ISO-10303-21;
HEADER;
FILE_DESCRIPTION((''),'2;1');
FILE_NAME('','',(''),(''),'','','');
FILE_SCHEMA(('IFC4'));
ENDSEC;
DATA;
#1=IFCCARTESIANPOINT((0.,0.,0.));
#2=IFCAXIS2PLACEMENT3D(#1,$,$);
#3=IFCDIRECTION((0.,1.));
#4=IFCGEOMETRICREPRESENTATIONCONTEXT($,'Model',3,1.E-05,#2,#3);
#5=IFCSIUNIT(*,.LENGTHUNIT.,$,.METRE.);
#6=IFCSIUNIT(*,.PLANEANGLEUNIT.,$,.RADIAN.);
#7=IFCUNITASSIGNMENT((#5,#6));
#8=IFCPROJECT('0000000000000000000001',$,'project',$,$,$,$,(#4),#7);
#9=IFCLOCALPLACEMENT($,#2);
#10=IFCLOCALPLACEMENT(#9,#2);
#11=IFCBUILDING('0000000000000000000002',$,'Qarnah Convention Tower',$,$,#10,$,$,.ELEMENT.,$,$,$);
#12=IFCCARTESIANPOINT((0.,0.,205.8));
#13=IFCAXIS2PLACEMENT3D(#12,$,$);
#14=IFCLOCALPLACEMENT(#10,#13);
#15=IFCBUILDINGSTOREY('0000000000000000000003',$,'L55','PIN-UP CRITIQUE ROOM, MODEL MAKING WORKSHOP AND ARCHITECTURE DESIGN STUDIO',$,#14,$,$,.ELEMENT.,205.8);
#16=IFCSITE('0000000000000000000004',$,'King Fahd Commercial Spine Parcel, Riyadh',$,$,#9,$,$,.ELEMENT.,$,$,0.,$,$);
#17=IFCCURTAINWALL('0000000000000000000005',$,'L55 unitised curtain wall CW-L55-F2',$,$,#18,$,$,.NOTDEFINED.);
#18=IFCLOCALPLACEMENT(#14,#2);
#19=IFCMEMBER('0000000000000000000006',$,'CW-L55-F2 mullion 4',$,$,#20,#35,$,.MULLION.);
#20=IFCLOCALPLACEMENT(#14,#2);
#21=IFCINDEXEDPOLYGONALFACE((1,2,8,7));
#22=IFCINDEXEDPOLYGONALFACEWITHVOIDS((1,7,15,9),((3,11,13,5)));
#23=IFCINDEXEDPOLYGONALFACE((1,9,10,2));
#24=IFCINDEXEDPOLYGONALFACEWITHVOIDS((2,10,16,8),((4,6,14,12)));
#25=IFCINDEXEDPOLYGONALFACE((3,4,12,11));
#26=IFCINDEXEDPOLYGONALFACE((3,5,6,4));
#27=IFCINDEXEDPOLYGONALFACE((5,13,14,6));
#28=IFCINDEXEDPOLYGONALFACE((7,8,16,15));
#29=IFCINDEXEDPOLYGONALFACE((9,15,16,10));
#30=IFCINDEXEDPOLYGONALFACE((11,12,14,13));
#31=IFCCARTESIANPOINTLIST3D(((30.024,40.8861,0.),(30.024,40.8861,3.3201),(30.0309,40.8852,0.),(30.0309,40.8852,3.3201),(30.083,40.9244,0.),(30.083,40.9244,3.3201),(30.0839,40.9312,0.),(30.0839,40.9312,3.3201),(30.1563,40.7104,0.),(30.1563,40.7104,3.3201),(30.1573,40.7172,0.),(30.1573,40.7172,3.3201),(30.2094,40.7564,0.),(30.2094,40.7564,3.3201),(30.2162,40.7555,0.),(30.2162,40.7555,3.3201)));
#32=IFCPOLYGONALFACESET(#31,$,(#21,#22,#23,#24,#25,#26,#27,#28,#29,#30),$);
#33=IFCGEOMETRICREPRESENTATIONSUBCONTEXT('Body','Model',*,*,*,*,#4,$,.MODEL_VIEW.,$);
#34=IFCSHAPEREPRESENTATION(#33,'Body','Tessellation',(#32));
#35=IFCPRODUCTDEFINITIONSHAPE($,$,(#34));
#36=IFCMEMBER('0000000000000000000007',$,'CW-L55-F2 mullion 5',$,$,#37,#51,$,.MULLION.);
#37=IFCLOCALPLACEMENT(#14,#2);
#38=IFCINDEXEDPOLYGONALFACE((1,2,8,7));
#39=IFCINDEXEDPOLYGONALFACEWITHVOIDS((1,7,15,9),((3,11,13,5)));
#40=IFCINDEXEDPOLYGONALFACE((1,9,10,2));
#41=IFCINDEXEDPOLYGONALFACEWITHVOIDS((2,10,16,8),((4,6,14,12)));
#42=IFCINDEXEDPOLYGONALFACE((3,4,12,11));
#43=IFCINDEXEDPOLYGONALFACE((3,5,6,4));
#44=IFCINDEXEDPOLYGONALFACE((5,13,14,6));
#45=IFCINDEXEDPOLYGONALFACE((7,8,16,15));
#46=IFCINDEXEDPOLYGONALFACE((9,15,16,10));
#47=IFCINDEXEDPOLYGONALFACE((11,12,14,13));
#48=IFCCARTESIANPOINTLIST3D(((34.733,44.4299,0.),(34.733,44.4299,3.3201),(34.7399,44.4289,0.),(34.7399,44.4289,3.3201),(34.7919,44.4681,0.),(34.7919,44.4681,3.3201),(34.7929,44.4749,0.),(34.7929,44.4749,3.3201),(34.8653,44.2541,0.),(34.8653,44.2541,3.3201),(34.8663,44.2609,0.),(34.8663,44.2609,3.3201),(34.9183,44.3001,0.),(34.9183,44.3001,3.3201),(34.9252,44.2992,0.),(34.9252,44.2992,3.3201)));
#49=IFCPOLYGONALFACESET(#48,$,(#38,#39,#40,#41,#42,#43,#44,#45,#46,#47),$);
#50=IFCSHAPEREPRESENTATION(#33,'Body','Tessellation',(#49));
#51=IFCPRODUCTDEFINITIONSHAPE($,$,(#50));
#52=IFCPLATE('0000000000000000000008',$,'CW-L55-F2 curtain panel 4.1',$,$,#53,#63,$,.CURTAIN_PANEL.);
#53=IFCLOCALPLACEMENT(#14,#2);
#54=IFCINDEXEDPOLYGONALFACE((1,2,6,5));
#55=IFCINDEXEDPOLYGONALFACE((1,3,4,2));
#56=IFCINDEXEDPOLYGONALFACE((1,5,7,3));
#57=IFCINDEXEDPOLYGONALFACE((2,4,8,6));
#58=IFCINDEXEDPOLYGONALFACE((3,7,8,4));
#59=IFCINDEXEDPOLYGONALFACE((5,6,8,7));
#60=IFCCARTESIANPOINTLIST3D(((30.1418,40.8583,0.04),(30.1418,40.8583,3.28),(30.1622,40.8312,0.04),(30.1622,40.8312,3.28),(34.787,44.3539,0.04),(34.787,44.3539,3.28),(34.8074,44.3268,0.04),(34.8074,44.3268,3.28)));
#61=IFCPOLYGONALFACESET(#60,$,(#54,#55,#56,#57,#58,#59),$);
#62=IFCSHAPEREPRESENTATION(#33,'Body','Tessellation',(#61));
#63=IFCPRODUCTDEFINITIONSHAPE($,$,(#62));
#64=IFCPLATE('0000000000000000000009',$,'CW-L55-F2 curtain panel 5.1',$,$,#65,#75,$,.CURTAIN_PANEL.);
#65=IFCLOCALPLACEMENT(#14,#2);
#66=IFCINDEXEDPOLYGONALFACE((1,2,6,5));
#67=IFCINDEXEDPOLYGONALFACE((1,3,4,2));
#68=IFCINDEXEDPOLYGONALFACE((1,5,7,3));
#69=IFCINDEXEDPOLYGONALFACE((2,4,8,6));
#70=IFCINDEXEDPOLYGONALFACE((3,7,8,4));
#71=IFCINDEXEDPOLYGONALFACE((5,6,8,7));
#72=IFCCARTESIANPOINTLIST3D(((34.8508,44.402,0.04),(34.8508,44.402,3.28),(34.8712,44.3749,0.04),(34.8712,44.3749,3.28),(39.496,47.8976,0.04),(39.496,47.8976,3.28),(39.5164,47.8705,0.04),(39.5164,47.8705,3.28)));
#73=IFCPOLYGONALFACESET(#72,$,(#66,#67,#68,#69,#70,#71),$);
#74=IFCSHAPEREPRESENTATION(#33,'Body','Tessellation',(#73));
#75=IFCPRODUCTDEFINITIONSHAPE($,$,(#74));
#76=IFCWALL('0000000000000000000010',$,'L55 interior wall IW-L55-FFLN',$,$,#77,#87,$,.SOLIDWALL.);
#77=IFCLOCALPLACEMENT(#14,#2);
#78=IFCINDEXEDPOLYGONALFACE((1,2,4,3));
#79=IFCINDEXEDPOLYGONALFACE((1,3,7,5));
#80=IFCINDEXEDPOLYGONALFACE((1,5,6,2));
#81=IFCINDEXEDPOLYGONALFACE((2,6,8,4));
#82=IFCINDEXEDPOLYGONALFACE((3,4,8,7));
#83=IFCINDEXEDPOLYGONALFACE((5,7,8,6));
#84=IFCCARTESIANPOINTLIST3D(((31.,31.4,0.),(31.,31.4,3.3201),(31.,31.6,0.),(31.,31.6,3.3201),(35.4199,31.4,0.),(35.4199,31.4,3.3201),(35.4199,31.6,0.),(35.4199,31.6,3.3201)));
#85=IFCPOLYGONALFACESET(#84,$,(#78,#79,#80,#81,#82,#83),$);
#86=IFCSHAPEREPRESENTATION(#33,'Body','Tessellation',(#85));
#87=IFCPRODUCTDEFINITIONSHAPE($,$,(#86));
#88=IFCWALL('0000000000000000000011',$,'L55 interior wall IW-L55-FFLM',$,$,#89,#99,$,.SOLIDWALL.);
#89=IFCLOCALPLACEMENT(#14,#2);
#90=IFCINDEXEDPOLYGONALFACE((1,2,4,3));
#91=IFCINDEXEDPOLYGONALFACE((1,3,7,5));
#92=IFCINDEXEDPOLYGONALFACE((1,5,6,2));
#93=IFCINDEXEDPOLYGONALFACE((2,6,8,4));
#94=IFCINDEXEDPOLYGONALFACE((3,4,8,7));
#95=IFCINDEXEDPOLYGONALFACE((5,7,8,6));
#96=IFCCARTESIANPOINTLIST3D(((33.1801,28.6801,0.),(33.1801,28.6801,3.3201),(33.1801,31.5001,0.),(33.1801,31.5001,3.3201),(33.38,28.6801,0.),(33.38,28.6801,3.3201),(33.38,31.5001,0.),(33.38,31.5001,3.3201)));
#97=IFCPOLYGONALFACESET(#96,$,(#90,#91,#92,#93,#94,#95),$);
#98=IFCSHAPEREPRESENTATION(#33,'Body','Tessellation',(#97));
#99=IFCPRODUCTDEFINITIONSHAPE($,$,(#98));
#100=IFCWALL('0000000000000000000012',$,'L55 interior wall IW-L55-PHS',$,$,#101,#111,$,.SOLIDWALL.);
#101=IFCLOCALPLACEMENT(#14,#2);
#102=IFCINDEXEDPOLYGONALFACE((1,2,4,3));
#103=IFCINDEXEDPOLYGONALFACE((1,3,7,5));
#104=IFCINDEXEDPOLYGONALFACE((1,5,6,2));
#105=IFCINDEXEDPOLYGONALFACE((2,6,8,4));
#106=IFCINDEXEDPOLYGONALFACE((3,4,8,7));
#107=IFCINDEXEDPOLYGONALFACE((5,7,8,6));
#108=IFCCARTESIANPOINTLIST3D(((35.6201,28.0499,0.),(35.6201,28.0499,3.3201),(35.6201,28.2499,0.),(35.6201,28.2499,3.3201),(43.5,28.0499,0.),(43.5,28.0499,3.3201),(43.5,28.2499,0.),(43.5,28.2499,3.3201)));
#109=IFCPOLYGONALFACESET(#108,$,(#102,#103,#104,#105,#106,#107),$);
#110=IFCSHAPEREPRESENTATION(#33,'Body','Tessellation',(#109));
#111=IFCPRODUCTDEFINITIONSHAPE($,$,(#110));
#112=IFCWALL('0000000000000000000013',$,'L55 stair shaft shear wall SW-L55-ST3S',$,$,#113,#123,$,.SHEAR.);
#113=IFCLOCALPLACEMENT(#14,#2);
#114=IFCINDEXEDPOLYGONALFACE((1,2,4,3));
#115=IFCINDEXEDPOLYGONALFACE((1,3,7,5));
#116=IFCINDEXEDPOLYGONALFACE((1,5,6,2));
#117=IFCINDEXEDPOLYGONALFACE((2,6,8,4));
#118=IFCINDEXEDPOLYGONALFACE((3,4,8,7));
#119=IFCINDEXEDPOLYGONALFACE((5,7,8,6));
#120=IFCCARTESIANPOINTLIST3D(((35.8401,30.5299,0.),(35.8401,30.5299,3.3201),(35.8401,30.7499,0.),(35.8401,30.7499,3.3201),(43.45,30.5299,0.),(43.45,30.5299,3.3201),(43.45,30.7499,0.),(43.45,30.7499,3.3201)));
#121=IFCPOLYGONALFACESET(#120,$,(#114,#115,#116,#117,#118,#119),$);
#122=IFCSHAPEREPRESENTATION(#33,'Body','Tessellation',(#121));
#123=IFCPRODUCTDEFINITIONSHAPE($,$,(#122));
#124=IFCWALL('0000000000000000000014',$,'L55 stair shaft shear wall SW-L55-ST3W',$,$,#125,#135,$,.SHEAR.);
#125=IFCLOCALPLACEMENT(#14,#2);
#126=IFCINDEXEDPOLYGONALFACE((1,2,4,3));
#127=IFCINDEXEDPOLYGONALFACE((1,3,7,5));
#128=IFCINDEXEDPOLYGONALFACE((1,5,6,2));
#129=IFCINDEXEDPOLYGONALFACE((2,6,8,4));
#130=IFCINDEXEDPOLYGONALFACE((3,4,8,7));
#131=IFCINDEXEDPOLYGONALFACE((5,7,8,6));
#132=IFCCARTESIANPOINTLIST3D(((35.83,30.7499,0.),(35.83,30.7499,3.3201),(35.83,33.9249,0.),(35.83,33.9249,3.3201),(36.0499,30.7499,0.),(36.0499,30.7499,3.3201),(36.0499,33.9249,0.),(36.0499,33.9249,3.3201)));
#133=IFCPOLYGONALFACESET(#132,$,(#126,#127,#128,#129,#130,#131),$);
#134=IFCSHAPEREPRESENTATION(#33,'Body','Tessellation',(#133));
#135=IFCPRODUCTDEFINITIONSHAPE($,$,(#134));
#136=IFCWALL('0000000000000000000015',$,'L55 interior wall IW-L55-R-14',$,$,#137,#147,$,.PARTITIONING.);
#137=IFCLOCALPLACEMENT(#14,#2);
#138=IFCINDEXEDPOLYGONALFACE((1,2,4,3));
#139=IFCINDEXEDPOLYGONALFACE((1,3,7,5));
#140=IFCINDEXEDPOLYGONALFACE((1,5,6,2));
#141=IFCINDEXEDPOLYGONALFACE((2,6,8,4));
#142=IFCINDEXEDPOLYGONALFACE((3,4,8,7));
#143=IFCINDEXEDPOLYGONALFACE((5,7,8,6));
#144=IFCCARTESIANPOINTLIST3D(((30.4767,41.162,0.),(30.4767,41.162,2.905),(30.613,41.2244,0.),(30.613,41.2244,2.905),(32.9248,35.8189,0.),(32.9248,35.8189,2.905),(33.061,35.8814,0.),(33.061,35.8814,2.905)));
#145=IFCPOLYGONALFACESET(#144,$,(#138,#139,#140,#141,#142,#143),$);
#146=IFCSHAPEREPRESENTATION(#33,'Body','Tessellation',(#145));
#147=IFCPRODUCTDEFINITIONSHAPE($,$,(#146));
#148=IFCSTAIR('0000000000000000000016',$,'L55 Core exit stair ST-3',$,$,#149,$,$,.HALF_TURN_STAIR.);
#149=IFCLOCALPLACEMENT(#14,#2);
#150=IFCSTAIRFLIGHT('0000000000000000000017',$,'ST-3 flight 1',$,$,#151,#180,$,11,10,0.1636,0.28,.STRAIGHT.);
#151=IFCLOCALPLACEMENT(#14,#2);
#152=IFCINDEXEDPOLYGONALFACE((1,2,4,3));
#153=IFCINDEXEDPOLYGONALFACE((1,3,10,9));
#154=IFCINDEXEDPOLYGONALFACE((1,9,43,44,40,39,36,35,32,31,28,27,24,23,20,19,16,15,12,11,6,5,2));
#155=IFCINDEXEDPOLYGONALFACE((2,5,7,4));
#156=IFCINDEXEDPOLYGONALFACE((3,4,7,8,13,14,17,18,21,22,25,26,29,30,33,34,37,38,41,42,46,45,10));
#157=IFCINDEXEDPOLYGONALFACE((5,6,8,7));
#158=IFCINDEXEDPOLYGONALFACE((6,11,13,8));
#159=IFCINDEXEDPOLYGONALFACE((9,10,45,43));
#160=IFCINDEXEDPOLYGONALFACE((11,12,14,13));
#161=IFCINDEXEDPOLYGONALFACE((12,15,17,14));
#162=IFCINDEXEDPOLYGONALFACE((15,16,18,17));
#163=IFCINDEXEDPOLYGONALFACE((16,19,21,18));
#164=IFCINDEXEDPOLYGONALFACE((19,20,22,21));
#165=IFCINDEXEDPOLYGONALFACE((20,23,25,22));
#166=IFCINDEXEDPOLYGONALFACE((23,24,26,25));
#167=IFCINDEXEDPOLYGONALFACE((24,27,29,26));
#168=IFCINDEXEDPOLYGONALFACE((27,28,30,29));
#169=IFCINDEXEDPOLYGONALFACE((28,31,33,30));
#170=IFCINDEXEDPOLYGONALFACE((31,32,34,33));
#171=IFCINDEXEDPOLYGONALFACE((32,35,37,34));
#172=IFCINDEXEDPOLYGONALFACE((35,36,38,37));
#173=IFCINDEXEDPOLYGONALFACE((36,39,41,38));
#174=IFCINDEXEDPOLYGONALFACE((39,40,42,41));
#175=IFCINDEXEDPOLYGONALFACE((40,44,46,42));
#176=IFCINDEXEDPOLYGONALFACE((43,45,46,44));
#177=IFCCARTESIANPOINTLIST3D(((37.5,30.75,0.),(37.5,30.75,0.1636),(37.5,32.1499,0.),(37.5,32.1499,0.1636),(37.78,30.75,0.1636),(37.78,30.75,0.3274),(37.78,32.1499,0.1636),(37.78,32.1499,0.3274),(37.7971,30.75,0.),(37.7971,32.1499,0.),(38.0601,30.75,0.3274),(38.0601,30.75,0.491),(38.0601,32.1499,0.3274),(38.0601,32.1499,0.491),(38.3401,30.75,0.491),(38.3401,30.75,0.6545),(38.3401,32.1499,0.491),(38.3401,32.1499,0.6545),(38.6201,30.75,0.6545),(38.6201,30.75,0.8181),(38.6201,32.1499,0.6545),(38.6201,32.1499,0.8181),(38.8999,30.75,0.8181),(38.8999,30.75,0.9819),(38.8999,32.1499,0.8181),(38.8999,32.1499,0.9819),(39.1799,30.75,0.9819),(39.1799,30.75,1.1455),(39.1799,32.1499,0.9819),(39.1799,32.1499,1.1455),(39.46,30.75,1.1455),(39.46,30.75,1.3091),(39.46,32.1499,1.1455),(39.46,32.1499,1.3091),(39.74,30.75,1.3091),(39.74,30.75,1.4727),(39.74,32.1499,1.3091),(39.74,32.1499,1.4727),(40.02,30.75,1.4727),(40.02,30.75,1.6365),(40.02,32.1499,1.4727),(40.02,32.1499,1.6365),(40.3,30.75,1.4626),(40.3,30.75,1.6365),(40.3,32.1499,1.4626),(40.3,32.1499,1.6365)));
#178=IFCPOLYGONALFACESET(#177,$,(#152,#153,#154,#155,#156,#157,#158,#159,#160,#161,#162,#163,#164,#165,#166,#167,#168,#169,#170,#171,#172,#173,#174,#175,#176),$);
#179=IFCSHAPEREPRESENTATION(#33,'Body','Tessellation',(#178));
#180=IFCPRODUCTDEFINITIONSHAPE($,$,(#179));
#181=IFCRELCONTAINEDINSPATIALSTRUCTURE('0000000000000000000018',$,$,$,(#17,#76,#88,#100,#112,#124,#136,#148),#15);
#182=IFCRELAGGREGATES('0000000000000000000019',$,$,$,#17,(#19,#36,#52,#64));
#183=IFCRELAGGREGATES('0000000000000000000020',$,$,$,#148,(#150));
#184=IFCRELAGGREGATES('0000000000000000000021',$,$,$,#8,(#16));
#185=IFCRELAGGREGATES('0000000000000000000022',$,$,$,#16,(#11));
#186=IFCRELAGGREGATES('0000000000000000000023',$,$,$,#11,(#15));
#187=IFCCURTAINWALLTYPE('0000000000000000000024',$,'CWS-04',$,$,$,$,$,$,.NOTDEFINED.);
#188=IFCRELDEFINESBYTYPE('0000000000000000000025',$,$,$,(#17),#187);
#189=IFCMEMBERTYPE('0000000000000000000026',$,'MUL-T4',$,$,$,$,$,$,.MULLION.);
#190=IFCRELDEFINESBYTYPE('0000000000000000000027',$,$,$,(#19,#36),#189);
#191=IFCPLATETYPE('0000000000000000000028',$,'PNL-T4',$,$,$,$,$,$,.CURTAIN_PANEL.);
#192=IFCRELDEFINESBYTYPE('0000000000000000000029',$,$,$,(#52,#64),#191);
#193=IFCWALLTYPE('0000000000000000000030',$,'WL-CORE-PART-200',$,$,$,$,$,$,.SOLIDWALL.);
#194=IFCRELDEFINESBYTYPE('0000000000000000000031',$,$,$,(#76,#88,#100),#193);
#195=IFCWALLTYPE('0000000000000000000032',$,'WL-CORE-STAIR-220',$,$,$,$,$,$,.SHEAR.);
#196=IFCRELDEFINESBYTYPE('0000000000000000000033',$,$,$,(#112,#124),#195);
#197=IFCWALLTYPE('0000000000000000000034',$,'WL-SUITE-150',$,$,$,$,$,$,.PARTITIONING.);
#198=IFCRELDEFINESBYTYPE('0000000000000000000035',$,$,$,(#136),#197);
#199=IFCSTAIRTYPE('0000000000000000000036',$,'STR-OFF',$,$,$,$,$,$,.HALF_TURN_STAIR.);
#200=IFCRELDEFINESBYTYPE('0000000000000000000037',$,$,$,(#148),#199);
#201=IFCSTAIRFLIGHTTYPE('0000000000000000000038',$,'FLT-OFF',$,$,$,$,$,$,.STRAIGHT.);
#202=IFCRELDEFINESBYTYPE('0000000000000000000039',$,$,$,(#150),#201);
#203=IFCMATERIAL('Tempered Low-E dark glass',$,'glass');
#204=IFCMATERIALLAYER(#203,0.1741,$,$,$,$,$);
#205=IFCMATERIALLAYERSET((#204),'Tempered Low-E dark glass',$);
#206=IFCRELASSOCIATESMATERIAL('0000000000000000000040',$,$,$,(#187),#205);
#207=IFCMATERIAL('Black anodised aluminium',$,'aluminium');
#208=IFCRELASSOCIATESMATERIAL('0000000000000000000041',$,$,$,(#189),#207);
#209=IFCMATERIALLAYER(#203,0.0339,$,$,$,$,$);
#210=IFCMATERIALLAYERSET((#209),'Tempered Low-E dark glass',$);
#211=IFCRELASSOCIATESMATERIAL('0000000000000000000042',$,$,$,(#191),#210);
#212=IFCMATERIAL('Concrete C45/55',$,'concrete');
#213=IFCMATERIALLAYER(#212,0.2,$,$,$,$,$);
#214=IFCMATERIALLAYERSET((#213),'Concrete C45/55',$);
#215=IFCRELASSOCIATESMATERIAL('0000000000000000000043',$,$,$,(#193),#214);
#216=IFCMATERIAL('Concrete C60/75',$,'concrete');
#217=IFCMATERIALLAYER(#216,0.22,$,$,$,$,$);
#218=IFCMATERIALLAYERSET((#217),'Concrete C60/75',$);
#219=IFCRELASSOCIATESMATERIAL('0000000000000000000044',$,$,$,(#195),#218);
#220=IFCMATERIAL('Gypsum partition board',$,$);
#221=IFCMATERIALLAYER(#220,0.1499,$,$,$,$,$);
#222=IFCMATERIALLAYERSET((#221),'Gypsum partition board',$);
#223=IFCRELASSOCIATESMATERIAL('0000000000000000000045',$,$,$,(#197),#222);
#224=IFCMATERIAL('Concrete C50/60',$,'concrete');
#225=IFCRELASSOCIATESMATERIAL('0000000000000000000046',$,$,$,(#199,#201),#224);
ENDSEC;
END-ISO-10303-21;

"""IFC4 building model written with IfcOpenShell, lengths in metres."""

from ifc_helpers import new_model, si_unit, direction, frame, frame_2d, origin, origin_2d, place, context, subcontext, project, spatial, polyline, rectangle, hollow_rectangle, outline, extrude, material, layer, layer_set, material_profile, profile_set, type_object, element, aggregate, save


model = new_model("IFC4")

# Units and contexts
model_context = context("Model", 3, precision=1e-05, world=origin(), true_north=direction((0.0, 1.0)))
body_context = subcontext(model_context, "Body", "Model", "MODEL_VIEW")
ifc_project = project(units=[si_unit("LENGTHUNIT", "METRE"), si_unit("PLANEANGLEUNIT", "RADIAN")], contexts=[model_context])

# Site, building, storey
site_placement = place(None, origin())
site = spatial("IfcSite", under=ifc_project, at=site_placement, Name="King Fahd Commercial Spine Parcel, Riyadh", CompositionType="ELEMENT", RefElevation=0.0)
building_placement = place(site_placement, origin())
building = spatial("IfcBuilding", under=site, at=building_placement, Name="Qarnah Convention Tower", CompositionType="ELEMENT")
storey_placement = place(building_placement, frame((0.0, 0.0, 205.8)))
storey = spatial("IfcBuildingStorey", under=building, at=storey_placement, Name="L55", Description="PIN-UP CRITIQUE ROOM, MODEL MAKING WORKSHOP AND ARCHITECTURE DESIGN STUDIO", CompositionType="ELEMENT", Elevation=205.8)

# Shared definitions
ifc_material_1 = material(Name="Concrete C50/60", Category="concrete")

# Curtain wall, members, plates
ifc_material_2 = material(Name="Tempered Low-E dark glass", Category="glass")
ifc_layer_1 = layer(ifc_material_2, 0.1741)
ifc_layer_set_1 = layer_set([ifc_layer_1], Name="Tempered Low-E dark glass")
curtain_wall_type = type_object("IfcCurtainWallType", Name="CWS-04", PredefinedType="NOTDEFINED", material=ifc_layer_set_1)
curtain_wall_placement = place(storey_placement, origin())
curtain_wall = element("IfcCurtainWall", 1, at=curtain_wall_placement, inside=storey, type_object=curtain_wall_type, Name="L55 unitised curtain wall CW-L55-F2", PredefinedType="NOTDEFINED")
ifc_material_3 = material(Name="Black anodised aluminium", Category="aluminium")
ifc_material_profile_1 = material_profile(ifc_material_3, hollow_rectangle(XDim=0.075, YDim=0.22, WallThickness=0.0049, at=origin_2d()), Name="MUL-75X220")
ifc_profile_set_1 = profile_set([ifc_material_profile_1], Name="Black anodised aluminium")
member_type = type_object("IfcMemberType", Name="MUL-T4", PredefinedType="MULLION", material=ifc_profile_set_1)
member_1_placement = place(storey_placement, frame((30.1201, 40.8208, 0.0), z_axis=(0.0, 0.0, 1.0), x_axis=(0.799034, 0.601286, 0.0)))
member_1 = element("IfcMember", 2, at=member_1_placement, type_object=member_type, Name="CW-L55-F2 mullion 4", PredefinedType="MULLION", context=body_context, shape_type="SweptSolid", body=[
    extrude(hollow_rectangle(XDim=0.075, YDim=0.22, WallThickness=0.0049, at=origin_2d()), origin(), (0.0, 0.0, 1.0), 3.3201),
])
member_2_placement = place(storey_placement, frame((34.8291, 44.3645, 0.0), z_axis=(0.0, 0.0, 1.0), x_axis=(0.799034, 0.601286, 0.0)))
member_2 = element("IfcMember", 3, at=member_2_placement, type_object=member_type, Name="CW-L55-F2 mullion 5", PredefinedType="MULLION", context=body_context, shape_type="SweptSolid", body=[
    extrude(hollow_rectangle(XDim=0.075, YDim=0.22, WallThickness=0.0049, at=origin_2d()), origin(), (0.0, 0.0, 1.0), 3.3201),
])
ifc_layer_2 = layer(ifc_material_2, 0.0339)
ifc_layer_set_2 = layer_set([ifc_layer_2], Name="Tempered Low-E dark glass")
plate_type = type_object("IfcPlateType", Name="PNL-T4", PredefinedType="CURTAIN_PANEL", material=ifc_layer_set_2)
plate_1_placement = place(storey_placement, frame((32.4746, 42.5925, 0.04), z_axis=(0.0, 0.0, 1.0), x_axis=(0.799034, 0.601286, 0.0)))
plate_1 = element("IfcPlate", 4, at=plate_1_placement, type_object=plate_type, Name="CW-L55-F2 curtain panel 4.1", PredefinedType="CURTAIN_PANEL", context=body_context, shape_type="SweptSolid", body=[
    extrude(rectangle(XDim=5.8135, YDim=0.0339, at=origin_2d()), origin(), (0.0, 0.0, 1.0), 3.24),
])
plate_2_placement = place(storey_placement, frame((37.1836, 46.1362, 0.04), z_axis=(0.0, 0.0, 1.0), x_axis=(0.799034, 0.601286, 0.0)))
plate_2 = element("IfcPlate", 5, at=plate_2_placement, type_object=plate_type, Name="CW-L55-F2 curtain panel 5.1", PredefinedType="CURTAIN_PANEL", context=body_context, shape_type="SweptSolid", body=[
    extrude(rectangle(XDim=5.8135, YDim=0.0339, at=origin_2d()), origin(), (0.0, 0.0, 1.0), 3.24),
])
aggregate(curtain_wall, [member_1, member_2, plate_1, plate_2])

# Shared definitions
ifc_material_4 = material(Name="Concrete C45/55", Category="concrete")
ifc_layer_3 = layer(ifc_material_4, 0.2)
ifc_layer_set_3 = layer_set([ifc_layer_3], Name="Concrete C45/55")
wall_type_1 = type_object("IfcWallType", Name="WL-CORE-PART-200", PredefinedType="SOLIDWALL", material=ifc_layer_set_3)

# Walls
wall_1_placement = place(storey_placement, frame((31.0, 31.5, 0.0), z_axis=(0.0, 0.0, 1.0), x_axis=(1.0, 0.0, 0.0)))
element("IfcWall", 6, at=wall_1_placement, inside=storey, type_object=wall_type_1, Name="L55 interior wall IW-L55-FFLN", PredefinedType="SOLIDWALL", context=body_context, shape_type="SweptSolid", body=[
    extrude(rectangle(XDim=4.4199, YDim=0.2, at=frame_2d((2.21, 0.0))), origin(), (0.0, 0.0, 1.0), 3.3201),
])
wall_2_placement = place(storey_placement, frame((33.28, 28.6799, 0.0), z_axis=(0.0, 0.0, 1.0), x_axis=(0.0, 1.0, 0.0)))
element("IfcWall", 7, at=wall_2_placement, inside=storey, type_object=wall_type_1, Name="L55 interior wall IW-L55-FFLM", PredefinedType="SOLIDWALL", context=body_context, shape_type="SweptSolid", body=[
    extrude(rectangle(XDim=2.8201, YDim=0.2, at=frame_2d((1.4102, 0.0))), origin(), (0.0, 0.0, 1.0), 3.3201),
])
wall_3_placement = place(storey_placement, frame((35.6201, 28.1499, 0.0), z_axis=(0.0, 0.0, 1.0), x_axis=(1.0, 0.0, 0.0)))
element("IfcWall", 8, at=wall_3_placement, inside=storey, type_object=wall_type_1, Name="L55 interior wall IW-L55-PHS", PredefinedType="SOLIDWALL", context=body_context, shape_type="SweptSolid", body=[
    extrude(rectangle(XDim=7.8799, YDim=0.2, at=frame_2d((3.9399, 0.0))), origin(), (0.0, 0.0, 1.0), 3.3201),
])

# Walls
ifc_material_5 = material(Name="Concrete C60/75", Category="concrete")
ifc_layer_4 = layer(ifc_material_5, 0.22)
ifc_layer_set_4 = layer_set([ifc_layer_4], Name="Concrete C60/75")
wall_type_2 = type_object("IfcWallType", Name="WL-CORE-STAIR-220", PredefinedType="SHEAR", material=ifc_layer_set_4)
wall_4_placement = place(storey_placement, frame((35.8401, 30.6399, 0.0), z_axis=(0.0, 0.0, 1.0), x_axis=(1.0, 0.0, 0.0)))
element("IfcWall", 9, at=wall_4_placement, inside=storey, type_object=wall_type_2, Name="L55 stair shaft shear wall SW-L55-ST3S", PredefinedType="SHEAR", context=body_context, shape_type="SweptSolid", body=[
    extrude(rectangle(XDim=7.6099, YDim=0.22, at=frame_2d((3.8049, 0.0))), origin(), (0.0, 0.0, 1.0), 3.3201),
])
wall_5_placement = place(storey_placement, frame((35.9399, 30.75, 0.0), z_axis=(0.0, 0.0, 1.0), x_axis=(0.0, 1.0, 0.0)))
element("IfcWall", 10, at=wall_5_placement, inside=storey, type_object=wall_type_2, Name="L55 stair shaft shear wall SW-L55-ST3W", PredefinedType="SHEAR", context=body_context, shape_type="SweptSolid", body=[
    extrude(rectangle(XDim=3.175, YDim=0.22, at=frame_2d((1.5874, 0.0))), origin(), (0.0, 0.0, 1.0), 3.3201),
])
ifc_material_6 = material(Name="Gypsum partition board")
ifc_layer_5 = layer(ifc_material_6, 0.1499)
ifc_layer_set_5 = layer_set([ifc_layer_5], Name="Gypsum partition board")
wall_type_3 = type_object("IfcWallType", Name="WL-SUITE-150", PredefinedType="PARTITIONING", material=ifc_layer_set_5)
wall_6_placement = place(storey_placement, frame((30.5449, 41.1931, 0.0), z_axis=(0.0, 0.0, 1.0), x_axis=(0.41653, -0.909122, 0.0)))
element("IfcWall", 11, at=wall_6_placement, inside=storey, type_object=wall_type_3, Name="L55 interior wall IW-L55-R-14", PredefinedType="PARTITIONING", context=body_context, shape_type="SweptSolid", body=[
    extrude(rectangle(XDim=5.8772, YDim=0.1499, at=frame_2d((2.9385, 0.0))), origin(), (0.0, 0.0, 1.0), 2.905),
])

# Stair, stair flight
stair_type = type_object("IfcStairType", Name="STR-OFF", PredefinedType="HALF_TURN_STAIR", material=ifc_material_1)
stair_placement = place(storey_placement, origin())
stair = element("IfcStair", 12, at=stair_placement, inside=storey, type_object=stair_type, Name="L55 Core exit stair ST-3", PredefinedType="HALF_TURN_STAIR")
stair_flight_type = type_object("IfcStairFlightType", Name="FLT-OFF", PredefinedType="STRAIGHT", material=ifc_material_1)
stair_flight_placement = place(storey_placement, frame((37.5, 31.45, 0.0), z_axis=(0.0, 0.0, 1.0), x_axis=(1.0, 0.0, 0.0)))
stair_flight = element("IfcStairFlight", 13, at=stair_flight_placement, type_object=stair_flight_type, Name="ST-3 flight 1", NumberOfRisers=11, NumberOfTreads=10, PredefinedType="STRAIGHT", RiserHeight=0.1636, TreadLength=0.28, context=body_context, shape_type="SweptSolid", body=[
    extrude(outline(polyline([(0.0, 0.0), (0.0, 0.1636), (0.28, 0.1636), (0.28, 0.3274), (0.5601, 0.3274), (0.5601, 0.491), (0.8401, 0.491), (0.8401, 0.6545), (1.1201, 0.6545), (1.1201, 0.8181), (1.3999, 0.8181), (1.3999, 0.9819), (1.6799, 0.9819), (1.6799, 1.1455), (1.96, 1.1455), (1.96, 1.3091), (2.24, 1.3091), (2.24, 1.4727), (2.52, 1.4727), (2.52, 1.6365), (2.8, 1.6365), (2.8, 1.8), (2.8, 1.4626), (0.2971, 0.0), (0.0, 0.0)])), frame((0.0, 0.7, 0.0), z_axis=(0.0, -1.0, 0.0), x_axis=(1.0, 0.0, 0.0)), (0.0, 0.0, 1.0), 1.3999),
])
aggregate(stair, [stair_flight])

save(model, "model.ifc")
